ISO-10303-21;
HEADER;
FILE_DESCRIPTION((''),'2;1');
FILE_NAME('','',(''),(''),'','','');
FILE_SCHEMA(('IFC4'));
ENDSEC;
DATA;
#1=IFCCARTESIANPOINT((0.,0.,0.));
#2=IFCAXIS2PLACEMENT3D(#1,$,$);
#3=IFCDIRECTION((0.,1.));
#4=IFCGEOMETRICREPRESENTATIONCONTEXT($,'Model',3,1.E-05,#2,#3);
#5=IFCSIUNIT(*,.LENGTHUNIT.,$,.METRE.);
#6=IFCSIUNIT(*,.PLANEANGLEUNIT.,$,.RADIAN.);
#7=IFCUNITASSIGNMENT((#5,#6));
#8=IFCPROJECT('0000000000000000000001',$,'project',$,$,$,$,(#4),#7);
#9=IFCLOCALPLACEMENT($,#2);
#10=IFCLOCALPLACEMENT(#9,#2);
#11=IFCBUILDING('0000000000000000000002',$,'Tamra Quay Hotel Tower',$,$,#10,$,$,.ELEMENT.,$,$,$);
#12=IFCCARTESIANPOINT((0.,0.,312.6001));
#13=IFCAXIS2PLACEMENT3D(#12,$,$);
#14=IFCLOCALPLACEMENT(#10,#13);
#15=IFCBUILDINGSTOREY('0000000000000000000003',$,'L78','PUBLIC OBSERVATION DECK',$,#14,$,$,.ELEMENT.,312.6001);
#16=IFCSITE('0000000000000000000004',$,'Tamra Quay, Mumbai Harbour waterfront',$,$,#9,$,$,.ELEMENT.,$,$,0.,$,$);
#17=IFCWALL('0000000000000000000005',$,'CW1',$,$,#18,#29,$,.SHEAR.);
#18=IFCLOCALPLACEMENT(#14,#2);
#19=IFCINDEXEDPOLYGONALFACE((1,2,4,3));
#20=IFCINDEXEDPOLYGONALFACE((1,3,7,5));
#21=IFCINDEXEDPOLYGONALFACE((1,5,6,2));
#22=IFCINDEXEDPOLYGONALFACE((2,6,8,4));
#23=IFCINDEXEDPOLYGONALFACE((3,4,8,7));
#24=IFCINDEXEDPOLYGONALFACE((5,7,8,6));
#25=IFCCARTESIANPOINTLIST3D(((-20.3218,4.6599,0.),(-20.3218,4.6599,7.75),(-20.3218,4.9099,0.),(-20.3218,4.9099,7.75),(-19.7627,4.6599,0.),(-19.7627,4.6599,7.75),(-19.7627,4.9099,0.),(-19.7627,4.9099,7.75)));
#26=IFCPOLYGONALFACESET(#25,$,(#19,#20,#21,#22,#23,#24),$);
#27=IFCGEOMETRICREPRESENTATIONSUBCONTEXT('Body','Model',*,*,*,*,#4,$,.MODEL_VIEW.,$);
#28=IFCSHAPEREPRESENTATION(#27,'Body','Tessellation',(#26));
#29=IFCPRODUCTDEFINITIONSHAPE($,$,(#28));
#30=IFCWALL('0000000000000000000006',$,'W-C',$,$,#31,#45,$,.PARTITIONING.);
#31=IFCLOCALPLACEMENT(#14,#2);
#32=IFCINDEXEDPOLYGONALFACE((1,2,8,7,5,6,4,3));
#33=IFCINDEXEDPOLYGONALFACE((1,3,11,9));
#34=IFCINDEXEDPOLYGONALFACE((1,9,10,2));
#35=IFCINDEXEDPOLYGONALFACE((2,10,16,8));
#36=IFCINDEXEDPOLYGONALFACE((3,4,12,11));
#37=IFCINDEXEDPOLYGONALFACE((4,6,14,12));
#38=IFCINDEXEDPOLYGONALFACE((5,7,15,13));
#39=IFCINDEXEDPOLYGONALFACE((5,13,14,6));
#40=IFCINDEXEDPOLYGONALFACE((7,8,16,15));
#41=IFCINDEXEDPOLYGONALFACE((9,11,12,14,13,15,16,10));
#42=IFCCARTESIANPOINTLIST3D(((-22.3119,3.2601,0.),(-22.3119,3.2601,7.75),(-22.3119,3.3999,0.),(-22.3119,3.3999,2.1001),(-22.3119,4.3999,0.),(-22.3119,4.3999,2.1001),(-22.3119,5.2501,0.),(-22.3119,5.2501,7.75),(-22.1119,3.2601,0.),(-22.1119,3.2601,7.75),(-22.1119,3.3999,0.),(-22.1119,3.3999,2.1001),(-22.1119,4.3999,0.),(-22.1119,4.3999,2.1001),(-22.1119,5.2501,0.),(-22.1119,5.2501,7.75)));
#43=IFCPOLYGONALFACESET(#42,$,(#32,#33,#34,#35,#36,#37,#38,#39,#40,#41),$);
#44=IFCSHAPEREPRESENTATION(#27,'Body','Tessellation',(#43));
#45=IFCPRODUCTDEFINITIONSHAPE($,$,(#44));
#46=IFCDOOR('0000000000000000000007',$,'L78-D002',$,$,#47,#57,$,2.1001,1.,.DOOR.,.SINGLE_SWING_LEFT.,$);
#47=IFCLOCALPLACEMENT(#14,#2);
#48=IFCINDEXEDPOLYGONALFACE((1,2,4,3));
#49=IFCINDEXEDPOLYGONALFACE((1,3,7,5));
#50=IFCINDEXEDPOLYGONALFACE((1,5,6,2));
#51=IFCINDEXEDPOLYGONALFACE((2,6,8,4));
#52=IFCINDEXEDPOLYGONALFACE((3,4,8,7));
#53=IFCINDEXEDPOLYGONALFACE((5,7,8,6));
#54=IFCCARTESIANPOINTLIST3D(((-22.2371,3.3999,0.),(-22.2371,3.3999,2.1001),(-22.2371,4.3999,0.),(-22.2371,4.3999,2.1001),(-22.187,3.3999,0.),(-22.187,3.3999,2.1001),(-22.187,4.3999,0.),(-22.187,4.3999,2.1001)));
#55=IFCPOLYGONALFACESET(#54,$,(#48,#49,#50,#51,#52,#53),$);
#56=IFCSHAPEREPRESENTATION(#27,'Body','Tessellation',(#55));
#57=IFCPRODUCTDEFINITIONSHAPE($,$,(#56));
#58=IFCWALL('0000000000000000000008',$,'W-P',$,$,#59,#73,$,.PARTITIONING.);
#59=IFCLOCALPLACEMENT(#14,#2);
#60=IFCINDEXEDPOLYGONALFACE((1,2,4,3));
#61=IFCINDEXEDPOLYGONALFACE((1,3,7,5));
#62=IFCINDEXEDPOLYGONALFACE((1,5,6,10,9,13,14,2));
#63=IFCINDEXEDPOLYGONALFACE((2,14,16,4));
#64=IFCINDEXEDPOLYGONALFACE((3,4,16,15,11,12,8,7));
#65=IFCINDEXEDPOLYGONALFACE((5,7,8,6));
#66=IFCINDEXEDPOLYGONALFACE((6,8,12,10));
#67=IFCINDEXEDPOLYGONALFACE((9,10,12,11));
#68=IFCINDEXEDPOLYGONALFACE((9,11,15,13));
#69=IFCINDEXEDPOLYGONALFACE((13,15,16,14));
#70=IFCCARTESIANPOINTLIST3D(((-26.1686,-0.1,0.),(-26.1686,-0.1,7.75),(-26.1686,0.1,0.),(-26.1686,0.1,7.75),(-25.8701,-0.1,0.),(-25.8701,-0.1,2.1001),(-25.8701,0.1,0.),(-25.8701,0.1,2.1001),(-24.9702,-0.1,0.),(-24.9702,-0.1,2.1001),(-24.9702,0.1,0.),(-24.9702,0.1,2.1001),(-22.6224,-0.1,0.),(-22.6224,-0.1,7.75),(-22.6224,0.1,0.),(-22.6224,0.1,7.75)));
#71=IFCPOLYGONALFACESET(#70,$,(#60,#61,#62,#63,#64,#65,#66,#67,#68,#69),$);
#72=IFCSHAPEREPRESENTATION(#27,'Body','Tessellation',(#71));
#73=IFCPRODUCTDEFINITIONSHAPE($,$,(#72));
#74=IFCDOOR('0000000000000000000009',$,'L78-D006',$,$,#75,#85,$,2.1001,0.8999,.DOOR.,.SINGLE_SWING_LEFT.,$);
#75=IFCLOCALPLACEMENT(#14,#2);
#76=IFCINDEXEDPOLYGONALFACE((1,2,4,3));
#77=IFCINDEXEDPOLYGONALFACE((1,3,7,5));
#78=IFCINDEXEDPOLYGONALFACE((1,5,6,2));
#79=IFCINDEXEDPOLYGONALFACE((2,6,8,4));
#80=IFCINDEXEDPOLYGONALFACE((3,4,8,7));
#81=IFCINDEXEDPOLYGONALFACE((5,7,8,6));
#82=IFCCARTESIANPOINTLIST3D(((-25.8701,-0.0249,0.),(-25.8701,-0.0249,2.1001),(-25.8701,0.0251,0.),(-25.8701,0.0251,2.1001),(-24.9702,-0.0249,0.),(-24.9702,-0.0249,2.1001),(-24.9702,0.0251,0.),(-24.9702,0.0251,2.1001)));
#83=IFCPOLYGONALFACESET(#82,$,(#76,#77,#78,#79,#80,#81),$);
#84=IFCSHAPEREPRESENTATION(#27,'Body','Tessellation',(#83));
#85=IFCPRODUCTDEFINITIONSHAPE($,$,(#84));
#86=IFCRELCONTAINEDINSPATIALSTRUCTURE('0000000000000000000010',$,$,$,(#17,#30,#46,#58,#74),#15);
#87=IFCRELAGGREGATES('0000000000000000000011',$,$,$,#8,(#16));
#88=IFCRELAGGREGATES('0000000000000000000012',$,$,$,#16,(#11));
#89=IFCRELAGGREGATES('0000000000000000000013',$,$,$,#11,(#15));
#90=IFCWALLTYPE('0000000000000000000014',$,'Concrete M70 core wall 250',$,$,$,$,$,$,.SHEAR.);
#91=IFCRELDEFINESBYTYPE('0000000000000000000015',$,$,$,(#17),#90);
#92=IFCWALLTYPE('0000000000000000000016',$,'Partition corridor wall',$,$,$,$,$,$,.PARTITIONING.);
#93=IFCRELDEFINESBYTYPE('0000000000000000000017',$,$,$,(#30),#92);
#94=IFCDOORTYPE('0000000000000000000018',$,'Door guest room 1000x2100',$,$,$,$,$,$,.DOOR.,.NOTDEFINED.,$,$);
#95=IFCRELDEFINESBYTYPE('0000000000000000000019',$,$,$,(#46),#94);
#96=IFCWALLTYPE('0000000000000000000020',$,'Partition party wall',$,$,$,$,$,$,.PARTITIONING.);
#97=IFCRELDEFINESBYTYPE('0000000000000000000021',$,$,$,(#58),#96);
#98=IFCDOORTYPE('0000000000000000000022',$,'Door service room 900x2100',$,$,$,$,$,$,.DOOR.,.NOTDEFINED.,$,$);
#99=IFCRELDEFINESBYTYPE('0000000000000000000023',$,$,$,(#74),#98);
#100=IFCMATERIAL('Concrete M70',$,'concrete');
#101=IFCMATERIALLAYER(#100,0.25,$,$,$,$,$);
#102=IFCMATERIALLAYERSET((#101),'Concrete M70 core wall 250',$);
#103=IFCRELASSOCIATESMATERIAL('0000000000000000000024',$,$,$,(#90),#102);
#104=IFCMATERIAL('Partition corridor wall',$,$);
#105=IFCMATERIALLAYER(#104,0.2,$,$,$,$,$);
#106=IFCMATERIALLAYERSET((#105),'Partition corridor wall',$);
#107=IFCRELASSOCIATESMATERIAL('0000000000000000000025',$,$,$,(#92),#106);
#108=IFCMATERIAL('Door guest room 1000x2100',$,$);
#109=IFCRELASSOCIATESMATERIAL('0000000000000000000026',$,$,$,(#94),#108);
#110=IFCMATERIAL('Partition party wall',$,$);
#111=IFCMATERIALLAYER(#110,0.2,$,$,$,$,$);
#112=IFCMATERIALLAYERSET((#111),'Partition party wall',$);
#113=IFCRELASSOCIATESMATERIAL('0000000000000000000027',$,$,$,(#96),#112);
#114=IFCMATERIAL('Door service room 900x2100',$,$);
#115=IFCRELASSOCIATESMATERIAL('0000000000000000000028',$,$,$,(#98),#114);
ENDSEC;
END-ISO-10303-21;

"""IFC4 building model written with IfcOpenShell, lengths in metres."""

from ifc_helpers import new_model, si_unit, direction, frame, frame_2d, origin, place, context, subcontext, project, spatial, rectangle, extrude, material, layer, layer_set, type_object, element, fill, save


model = new_model("IFC4")

# Units and contexts
model_context = context("Model", 3, precision=1e-05, world=origin(), true_north=direction((0.0, 1.0)))
body_context = subcontext(model_context, "Body", "Model", "MODEL_VIEW")
ifc_project = project(units=[si_unit("LENGTHUNIT", "METRE"), si_unit("PLANEANGLEUNIT", "RADIAN")], contexts=[model_context])

# Site, building, storey
site_placement = place(None, origin())
site = spatial("IfcSite", under=ifc_project, at=site_placement, Name="Tamra Quay, Mumbai Harbour waterfront", CompositionType="ELEMENT", RefElevation=0.0)
building_placement = place(site_placement, origin())
building = spatial("IfcBuilding", under=site, at=building_placement, Name="Tamra Quay Hotel Tower", CompositionType="ELEMENT")
storey_placement = place(building_placement, frame((0.0, 0.0, 312.6001)))
storey = spatial("IfcBuildingStorey", under=building, at=storey_placement, Name="L78", Description="PUBLIC OBSERVATION DECK", CompositionType="ELEMENT", Elevation=312.6001)

# Shared definitions
ifc_material_1 = material(Name="Concrete M70", Category="concrete")

# Wall
ifc_layer_1 = layer(ifc_material_1, 0.25)
ifc_layer_set_1 = layer_set([ifc_layer_1], Name="Concrete M70 core wall 250")
wall_type_1 = type_object("IfcWallType", Name="Concrete M70 core wall 250", PredefinedType="SHEAR", material=ifc_layer_set_1)
wall_1_placement = place(storey_placement, frame((-20.3218, 4.7849, 0.0), z_axis=(0.0, 0.0, 1.0), x_axis=(1.0, 0.0, 0.0)))
element("IfcWall", 1, at=wall_1_placement, inside=storey, type_object=wall_type_1, Name="CW1", PredefinedType="SHEAR", context=body_context, shape_type="SweptSolid", body=[
    extrude(rectangle(XDim=0.5591, YDim=0.25, at=frame_2d((0.2795, 0.0))), origin(), (0.0, 0.0, 1.0), 7.75),
])

# Walls, openings, doors
ifc_material_2 = material(Name="Partition corridor wall")
ifc_layer_2 = layer(ifc_material_2, 0.2)
ifc_layer_set_2 = layer_set([ifc_layer_2], Name="Partition corridor wall")
wall_type_2 = type_object("IfcWallType", Name="Partition corridor wall", PredefinedType="PARTITIONING", material=ifc_layer_set_2)
wall_2_placement = place(storey_placement, frame((-22.2119, 3.26, 0.0), z_axis=(0.0, 0.0, 1.0), x_axis=(0.0, 1.0, 0.0)))
wall_2 = element("IfcWall", 2, at=wall_2_placement, inside=storey, type_object=wall_type_2, Name="W-C", PredefinedType="PARTITIONING", context=body_context, shape_type="SweptSolid", body=[
    extrude(rectangle(XDim=1.99, YDim=0.2, at=frame_2d((0.9951, 0.0))), origin(), (0.0, 0.0, 1.0), 7.75),
])
opening_1_placement = place(wall_2_placement, frame((0.1399, 0.0, 0.0)))
opening_1 = element("IfcOpeningElement", 3, at=opening_1_placement, cuts=wall_2, PredefinedType="OPENING", context=body_context, shape_type="SweptSolid", body=[
    extrude(rectangle(XDim=1.0, YDim=2.1001, at=frame_2d((0.5, 1.05))), frame((0.0, 0.1099, 0.0), z_axis=(0.0, -1.0, 0.0), x_axis=(1.0, 0.0, 0.0)), (0.0, 0.0, 1.0), 0.22),
])
ifc_material_3 = material(Name="Door guest room 1000x2100")
door_type_1 = type_object("IfcDoorType", Name="Door guest room 1000x2100", OperationType="NOTDEFINED", PredefinedType="DOOR", material=ifc_material_3)
door_1_placement = place(opening_1_placement, frame((1.0, 0.0, 0.0), z_axis=(0.0, 0.0, 1.0), x_axis=(-1.0, 0.0, 0.0)))
door_1 = element("IfcDoor", 4, at=door_1_placement, inside=storey, type_object=door_type_1, Name="L78-D002", OperationType="SINGLE_SWING_LEFT", OverallHeight=2.1001, OverallWidth=1.0, PredefinedType="DOOR", context=body_context, shape_type="SweptSolid", body=[
    extrude(rectangle(XDim=1.0, YDim=2.1001, at=frame_2d((0.5, 1.05))), frame((0.0, 0.0249, 0.0), z_axis=(0.0, -1.0, 0.0), x_axis=(1.0, 0.0, 0.0)), (0.0, 0.0, 1.0), 0.05),
])
fill(opening_1, door_1)
ifc_material_4 = material(Name="Partition party wall")
ifc_layer_3 = layer(ifc_material_4, 0.2)
ifc_layer_set_3 = layer_set([ifc_layer_3], Name="Partition party wall")
wall_type_3 = type_object("IfcWallType", Name="Partition party wall", PredefinedType="PARTITIONING", material=ifc_layer_set_3)
wall_3_placement = place(storey_placement, frame((-26.1685, 0.0, 0.0), z_axis=(0.0, 0.0, 1.0), x_axis=(1.0, 0.0, 0.0)))
wall_3 = element("IfcWall", 5, at=wall_3_placement, inside=storey, type_object=wall_type_3, Name="W-P", PredefinedType="PARTITIONING", context=body_context, shape_type="SweptSolid", body=[
    extrude(rectangle(XDim=3.5461, YDim=0.2, at=frame_2d((1.7729, 0.0))), origin(), (0.0, 0.0, 1.0), 7.75),
])
opening_2_placement = place(wall_3_placement, frame((0.2983, 0.0, 0.0)))
opening_2 = element("IfcOpeningElement", 6, at=opening_2_placement, cuts=wall_3, PredefinedType="OPENING", context=body_context, shape_type="SweptSolid", body=[
    extrude(rectangle(XDim=0.8999, YDim=2.1001, at=frame_2d((0.45, 1.05))), frame((0.0, 0.1099, 0.0), z_axis=(0.0, -1.0, 0.0), x_axis=(1.0, 0.0, 0.0)), (0.0, 0.0, 1.0), 0.22),
])
ifc_material_5 = material(Name="Door service room 900x2100")
door_type_2 = type_object("IfcDoorType", Name="Door service room 900x2100", OperationType="NOTDEFINED", PredefinedType="DOOR", material=ifc_material_5)
door_2_placement = place(opening_2_placement, frame((0.8999, 0.0, 0.0), z_axis=(0.0, 0.0, 1.0), x_axis=(-1.0, 0.0, 0.0)))
door_2 = element("IfcDoor", 7, at=door_2_placement, inside=storey, type_object=door_type_2, Name="L78-D006", OperationType="SINGLE_SWING_LEFT", OverallHeight=2.1001, OverallWidth=0.8999, PredefinedType="DOOR", context=body_context, shape_type="SweptSolid", body=[
    extrude(rectangle(XDim=0.8999, YDim=2.1001, at=frame_2d((0.45, 1.05))), frame((0.0, 0.0249, 0.0), z_axis=(0.0, -1.0, 0.0), x_axis=(1.0, 0.0, 0.0)), (0.0, 0.0, 1.0), 0.05),
])
fill(opening_2, door_2)

save(model, "model.ifc")
